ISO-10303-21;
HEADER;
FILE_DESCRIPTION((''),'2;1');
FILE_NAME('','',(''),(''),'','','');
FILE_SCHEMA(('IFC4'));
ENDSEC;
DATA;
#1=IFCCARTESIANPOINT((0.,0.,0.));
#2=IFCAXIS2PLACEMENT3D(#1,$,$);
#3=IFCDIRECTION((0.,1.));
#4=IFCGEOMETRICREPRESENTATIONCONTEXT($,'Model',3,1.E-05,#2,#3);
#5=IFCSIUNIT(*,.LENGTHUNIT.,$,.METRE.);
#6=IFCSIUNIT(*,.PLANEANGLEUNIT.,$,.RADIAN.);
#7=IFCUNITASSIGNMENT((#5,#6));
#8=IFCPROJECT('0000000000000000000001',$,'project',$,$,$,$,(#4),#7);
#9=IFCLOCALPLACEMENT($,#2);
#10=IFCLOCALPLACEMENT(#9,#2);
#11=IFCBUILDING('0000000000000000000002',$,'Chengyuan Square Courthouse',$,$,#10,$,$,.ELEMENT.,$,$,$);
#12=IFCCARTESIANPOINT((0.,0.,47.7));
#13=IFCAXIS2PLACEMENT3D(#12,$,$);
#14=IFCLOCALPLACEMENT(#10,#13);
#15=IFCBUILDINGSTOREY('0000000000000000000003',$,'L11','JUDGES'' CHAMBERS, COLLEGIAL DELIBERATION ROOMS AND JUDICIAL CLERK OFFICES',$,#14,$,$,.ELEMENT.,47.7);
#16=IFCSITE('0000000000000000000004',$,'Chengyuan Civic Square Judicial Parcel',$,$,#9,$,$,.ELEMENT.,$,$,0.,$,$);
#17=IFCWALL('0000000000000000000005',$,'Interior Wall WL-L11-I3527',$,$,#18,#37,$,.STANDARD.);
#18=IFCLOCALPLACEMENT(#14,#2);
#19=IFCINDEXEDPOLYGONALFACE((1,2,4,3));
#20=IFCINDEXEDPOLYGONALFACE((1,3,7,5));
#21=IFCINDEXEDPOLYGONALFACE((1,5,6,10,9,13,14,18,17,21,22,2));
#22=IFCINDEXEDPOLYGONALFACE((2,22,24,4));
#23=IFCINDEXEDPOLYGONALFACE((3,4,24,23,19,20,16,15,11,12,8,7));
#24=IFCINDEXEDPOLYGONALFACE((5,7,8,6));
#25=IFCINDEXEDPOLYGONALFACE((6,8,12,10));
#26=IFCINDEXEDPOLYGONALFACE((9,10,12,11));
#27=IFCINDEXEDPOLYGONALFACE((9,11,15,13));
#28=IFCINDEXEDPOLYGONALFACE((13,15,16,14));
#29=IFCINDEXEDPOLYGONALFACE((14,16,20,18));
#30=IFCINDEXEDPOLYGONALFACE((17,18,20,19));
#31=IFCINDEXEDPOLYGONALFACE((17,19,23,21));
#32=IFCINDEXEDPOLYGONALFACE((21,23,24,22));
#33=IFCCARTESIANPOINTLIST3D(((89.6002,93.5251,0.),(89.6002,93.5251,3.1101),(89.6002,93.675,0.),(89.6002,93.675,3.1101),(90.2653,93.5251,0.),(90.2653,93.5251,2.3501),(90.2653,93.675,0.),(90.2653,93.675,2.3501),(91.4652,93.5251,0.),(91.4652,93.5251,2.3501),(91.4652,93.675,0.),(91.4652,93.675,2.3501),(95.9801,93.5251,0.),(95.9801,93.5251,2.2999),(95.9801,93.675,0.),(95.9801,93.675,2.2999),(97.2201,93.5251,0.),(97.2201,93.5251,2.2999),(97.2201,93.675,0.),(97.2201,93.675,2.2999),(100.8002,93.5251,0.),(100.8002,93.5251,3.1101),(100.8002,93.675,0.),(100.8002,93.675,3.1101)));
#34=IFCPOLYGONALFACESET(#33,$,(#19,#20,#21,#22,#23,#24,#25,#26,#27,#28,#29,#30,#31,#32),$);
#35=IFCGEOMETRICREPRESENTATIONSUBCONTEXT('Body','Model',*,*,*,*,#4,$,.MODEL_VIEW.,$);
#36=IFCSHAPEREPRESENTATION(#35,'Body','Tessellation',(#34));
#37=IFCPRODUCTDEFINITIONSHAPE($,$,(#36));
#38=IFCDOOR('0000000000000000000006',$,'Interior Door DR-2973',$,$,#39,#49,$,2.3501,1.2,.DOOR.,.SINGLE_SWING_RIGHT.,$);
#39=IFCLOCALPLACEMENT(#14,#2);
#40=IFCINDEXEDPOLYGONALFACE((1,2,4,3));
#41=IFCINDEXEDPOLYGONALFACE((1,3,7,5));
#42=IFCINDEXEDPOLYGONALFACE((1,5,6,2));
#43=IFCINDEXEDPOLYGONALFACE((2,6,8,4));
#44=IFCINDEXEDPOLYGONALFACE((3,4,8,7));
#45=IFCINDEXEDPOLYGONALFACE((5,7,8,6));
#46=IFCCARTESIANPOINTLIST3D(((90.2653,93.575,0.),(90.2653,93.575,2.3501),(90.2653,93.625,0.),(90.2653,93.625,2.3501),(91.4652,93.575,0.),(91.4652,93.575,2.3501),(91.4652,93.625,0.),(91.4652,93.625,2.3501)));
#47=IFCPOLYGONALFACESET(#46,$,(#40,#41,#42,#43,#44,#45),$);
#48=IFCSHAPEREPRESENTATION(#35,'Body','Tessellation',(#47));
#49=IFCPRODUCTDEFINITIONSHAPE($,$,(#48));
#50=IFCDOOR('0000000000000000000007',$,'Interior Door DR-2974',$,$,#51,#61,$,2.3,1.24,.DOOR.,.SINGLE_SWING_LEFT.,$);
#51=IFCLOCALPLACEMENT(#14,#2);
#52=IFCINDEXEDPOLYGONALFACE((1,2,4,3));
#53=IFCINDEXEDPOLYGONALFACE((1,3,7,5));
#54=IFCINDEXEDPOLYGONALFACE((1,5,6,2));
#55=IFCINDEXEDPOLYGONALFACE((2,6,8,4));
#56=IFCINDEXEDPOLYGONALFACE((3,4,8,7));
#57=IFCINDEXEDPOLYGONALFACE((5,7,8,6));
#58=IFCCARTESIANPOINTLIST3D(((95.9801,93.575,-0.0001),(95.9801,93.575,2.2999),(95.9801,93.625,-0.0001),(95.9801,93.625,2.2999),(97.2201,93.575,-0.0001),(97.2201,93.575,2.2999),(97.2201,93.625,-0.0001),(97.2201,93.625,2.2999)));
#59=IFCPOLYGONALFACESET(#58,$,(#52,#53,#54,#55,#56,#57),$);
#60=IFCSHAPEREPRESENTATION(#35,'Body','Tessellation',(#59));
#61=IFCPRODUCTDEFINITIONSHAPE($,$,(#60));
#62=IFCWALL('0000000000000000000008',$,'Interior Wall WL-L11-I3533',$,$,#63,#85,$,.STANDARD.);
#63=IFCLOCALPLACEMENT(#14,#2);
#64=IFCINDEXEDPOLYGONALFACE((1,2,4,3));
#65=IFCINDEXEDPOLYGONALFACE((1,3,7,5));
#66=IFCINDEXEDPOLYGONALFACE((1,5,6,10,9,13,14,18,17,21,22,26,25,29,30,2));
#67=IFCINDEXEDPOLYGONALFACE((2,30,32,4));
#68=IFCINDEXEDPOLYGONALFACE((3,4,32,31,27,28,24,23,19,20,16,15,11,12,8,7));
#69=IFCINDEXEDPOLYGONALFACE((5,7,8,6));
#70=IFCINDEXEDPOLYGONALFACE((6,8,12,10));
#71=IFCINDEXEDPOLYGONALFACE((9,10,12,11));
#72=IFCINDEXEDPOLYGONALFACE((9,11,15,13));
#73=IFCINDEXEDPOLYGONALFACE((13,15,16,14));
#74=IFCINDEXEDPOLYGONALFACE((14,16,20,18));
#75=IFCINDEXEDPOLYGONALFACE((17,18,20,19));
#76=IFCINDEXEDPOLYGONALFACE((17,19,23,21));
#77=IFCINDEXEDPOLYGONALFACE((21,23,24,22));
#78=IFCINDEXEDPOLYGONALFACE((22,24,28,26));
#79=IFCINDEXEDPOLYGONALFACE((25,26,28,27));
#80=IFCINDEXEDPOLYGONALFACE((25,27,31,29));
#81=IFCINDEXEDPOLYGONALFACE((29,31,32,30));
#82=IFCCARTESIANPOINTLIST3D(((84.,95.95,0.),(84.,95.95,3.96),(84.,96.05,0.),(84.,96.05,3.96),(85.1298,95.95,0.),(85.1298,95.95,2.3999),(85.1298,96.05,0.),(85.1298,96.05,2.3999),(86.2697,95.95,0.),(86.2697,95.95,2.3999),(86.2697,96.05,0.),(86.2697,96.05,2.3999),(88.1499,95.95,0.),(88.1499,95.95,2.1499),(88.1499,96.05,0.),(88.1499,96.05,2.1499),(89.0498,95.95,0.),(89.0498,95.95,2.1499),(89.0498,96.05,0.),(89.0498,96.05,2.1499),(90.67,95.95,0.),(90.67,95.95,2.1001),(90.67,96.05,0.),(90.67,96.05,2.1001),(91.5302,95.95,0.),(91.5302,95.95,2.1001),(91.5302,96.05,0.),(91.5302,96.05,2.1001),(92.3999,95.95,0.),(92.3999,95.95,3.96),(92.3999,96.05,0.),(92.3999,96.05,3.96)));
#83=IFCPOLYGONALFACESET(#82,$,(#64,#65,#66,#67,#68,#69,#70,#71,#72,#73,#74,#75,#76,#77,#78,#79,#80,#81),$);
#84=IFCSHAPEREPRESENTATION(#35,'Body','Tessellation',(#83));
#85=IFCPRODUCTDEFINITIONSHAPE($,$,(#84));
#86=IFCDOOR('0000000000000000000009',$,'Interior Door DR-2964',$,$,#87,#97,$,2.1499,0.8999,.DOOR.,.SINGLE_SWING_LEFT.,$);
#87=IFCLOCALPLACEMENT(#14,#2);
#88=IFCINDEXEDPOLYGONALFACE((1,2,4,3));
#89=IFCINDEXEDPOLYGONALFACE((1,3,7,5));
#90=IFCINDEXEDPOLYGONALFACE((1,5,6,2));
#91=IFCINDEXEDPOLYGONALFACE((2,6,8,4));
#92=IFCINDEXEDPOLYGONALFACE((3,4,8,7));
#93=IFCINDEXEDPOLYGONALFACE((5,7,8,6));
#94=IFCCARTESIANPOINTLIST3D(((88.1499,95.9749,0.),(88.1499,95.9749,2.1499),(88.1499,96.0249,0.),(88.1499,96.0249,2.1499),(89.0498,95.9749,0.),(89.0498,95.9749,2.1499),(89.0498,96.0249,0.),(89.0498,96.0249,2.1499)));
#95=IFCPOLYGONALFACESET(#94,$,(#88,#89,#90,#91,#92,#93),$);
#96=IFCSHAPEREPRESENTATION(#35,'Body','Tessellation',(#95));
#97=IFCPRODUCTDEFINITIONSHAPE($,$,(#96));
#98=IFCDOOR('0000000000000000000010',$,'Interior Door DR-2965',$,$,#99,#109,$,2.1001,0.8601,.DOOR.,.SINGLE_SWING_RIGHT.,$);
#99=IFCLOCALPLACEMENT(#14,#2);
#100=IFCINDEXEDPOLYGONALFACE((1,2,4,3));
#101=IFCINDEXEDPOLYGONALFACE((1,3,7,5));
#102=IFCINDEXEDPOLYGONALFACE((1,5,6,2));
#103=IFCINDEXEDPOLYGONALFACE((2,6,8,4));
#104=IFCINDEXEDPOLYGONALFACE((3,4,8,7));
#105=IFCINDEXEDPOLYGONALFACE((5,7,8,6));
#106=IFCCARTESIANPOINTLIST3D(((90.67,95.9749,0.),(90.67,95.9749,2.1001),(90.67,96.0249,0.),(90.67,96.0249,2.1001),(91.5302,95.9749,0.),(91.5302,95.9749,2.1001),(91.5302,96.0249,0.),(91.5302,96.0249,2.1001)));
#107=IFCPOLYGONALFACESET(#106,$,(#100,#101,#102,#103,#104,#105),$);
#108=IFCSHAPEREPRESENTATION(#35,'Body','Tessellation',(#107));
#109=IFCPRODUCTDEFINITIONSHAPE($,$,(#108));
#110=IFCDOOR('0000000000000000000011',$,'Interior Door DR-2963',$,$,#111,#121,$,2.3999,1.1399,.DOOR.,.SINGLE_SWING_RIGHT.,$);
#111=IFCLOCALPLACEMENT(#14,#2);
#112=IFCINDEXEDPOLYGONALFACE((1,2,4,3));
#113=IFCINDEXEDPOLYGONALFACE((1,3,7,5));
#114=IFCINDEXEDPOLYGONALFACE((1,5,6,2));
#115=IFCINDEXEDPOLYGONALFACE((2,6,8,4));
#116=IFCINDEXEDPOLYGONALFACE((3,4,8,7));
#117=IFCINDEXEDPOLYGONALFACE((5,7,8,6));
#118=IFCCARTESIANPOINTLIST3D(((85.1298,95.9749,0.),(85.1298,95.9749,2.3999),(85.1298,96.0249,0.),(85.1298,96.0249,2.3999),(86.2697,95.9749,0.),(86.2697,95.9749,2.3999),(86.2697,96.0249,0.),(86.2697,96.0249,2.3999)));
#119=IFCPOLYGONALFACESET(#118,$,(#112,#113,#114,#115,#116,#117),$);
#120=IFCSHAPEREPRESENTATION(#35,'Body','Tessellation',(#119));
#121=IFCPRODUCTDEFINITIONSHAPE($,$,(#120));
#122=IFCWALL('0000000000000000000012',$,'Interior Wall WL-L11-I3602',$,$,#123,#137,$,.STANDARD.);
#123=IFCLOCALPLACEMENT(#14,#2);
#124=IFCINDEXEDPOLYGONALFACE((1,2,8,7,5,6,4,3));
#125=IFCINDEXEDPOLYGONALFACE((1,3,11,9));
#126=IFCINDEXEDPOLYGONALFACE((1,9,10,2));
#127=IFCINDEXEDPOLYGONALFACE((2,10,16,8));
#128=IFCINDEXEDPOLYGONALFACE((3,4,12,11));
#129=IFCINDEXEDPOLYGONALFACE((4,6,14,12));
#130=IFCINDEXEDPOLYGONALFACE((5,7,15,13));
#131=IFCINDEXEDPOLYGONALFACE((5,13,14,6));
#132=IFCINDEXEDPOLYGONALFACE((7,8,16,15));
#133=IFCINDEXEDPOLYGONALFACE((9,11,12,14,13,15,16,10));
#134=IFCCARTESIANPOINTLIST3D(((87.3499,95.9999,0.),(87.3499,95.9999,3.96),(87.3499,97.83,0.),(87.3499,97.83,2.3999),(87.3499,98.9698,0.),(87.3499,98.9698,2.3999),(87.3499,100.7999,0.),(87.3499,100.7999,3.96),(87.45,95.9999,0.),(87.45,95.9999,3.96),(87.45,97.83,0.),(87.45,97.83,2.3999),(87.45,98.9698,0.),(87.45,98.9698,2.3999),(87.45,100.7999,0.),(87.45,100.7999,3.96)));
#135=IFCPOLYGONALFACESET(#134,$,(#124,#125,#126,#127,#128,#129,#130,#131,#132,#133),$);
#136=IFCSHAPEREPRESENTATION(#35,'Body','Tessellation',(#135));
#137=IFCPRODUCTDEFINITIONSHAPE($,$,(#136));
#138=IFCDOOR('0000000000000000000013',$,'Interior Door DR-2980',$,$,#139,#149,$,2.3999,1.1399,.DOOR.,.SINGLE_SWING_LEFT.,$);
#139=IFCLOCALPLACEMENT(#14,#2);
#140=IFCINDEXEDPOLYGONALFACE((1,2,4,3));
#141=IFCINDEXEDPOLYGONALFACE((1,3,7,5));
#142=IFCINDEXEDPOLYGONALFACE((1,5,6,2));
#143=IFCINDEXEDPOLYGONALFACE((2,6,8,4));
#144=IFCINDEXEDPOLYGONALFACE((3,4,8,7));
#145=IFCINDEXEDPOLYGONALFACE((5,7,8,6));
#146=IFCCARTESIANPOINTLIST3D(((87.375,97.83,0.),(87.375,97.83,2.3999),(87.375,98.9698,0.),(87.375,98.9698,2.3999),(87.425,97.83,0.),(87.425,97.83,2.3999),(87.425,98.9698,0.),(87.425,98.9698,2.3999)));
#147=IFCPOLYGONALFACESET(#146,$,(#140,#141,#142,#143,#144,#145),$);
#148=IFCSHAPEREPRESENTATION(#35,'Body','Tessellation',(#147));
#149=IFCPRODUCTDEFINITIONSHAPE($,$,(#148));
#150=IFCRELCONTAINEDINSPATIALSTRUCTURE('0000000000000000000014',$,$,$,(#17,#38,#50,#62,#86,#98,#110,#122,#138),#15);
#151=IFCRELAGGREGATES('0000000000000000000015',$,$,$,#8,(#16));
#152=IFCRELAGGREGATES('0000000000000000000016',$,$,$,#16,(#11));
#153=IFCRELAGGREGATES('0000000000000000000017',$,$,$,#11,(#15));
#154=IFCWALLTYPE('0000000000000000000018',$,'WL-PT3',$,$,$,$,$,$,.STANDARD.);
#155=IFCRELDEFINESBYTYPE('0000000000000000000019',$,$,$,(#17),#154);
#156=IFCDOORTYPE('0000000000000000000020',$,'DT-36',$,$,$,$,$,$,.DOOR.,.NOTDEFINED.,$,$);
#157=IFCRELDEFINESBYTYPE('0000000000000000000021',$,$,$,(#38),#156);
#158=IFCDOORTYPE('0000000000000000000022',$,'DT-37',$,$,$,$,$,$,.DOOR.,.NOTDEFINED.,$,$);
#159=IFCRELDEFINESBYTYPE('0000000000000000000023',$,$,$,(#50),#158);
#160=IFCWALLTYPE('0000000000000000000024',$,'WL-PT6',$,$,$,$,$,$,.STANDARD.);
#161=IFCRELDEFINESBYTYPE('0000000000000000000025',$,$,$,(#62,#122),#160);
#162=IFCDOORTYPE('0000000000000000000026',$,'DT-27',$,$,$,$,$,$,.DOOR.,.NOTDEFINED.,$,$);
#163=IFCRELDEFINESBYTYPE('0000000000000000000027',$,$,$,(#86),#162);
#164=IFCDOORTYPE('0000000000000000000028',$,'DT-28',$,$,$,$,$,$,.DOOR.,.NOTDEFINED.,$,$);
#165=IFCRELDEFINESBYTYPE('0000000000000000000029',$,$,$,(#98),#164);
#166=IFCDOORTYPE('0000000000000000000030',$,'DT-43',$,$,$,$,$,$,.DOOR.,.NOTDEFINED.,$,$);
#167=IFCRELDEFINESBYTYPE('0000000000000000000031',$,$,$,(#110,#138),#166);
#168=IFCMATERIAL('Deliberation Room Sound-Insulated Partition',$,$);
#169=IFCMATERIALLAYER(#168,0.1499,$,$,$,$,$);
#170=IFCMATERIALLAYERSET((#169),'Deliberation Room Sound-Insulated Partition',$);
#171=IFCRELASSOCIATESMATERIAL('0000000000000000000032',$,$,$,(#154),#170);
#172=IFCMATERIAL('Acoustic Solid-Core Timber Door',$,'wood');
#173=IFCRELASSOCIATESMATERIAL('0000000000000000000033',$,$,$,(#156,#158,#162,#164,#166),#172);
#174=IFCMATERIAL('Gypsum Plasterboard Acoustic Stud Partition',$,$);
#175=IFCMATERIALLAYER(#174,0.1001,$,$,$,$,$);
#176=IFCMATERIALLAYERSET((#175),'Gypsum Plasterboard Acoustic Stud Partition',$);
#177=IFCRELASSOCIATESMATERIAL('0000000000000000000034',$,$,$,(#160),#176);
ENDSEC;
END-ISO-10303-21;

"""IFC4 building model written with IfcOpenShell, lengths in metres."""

from ifc_helpers import new_model, si_unit, direction, frame, frame_2d, origin, place, context, subcontext, project, spatial, rectangle, extrude, material, layer, layer_set, type_object, element, fill, save


model = new_model("IFC4")

# Units and contexts
model_context = context("Model", 3, precision=1e-05, world=origin(), true_north=direction((0.0, 1.0)))
body_context = subcontext(model_context, "Body", "Model", "MODEL_VIEW")
ifc_project = project(units=[si_unit("LENGTHUNIT", "METRE"), si_unit("PLANEANGLEUNIT", "RADIAN")], contexts=[model_context])

# Site, building, storey
site_placement = place(None, origin())
site = spatial("IfcSite", under=ifc_project, at=site_placement, Name="Chengyuan Civic Square Judicial Parcel", CompositionType="ELEMENT", RefElevation=0.0)
building_placement = place(site_placement, origin())
building = spatial("IfcBuilding", under=site, at=building_placement, Name="Chengyuan Square Courthouse", CompositionType="ELEMENT")
storey_placement = place(building_placement, frame((0.0, 0.0, 47.7)))
storey = spatial("IfcBuildingStorey", under=building, at=storey_placement, Name="L11", Description="JUDGES' CHAMBERS, COLLEGIAL DELIBERATION ROOMS AND JUDICIAL CLERK OFFICES", CompositionType="ELEMENT", Elevation=47.7)

# Walls, openings, doors
ifc_material_1 = material(Name="Deliberation Room Sound-Insulated Partition")
ifc_layer_1 = layer(ifc_material_1, 0.1499)
ifc_layer_set_1 = layer_set([ifc_layer_1], Name="Deliberation Room Sound-Insulated Partition")
wall_type_1 = type_object("IfcWallType", Name="WL-PT3", PredefinedType="STANDARD", material=ifc_layer_set_1)
wall_1_placement = place(storey_placement, frame((89.6001, 93.6001, 0.0), z_axis=(0.0, 0.0, 1.0), x_axis=(1.0, 0.0, 0.0)))
wall_1 = element("IfcWall", 1, at=wall_1_placement, inside=storey, type_object=wall_type_1, Name="Interior Wall WL-L11-I3527", PredefinedType="STANDARD", context=body_context, shape_type="SweptSolid", body=[
    extrude(rectangle(XDim=11.2, YDim=0.1499, at=frame_2d((5.6001, 0.0))), origin(), (0.0, 0.0, 1.0), 3.1101),
])
opening_1_placement = place(wall_1_placement, frame((0.665, 0.0, 0.0)))
opening_1 = element("IfcOpeningElement", 2, at=opening_1_placement, cuts=wall_1, PredefinedType="OPENING", context=body_context, shape_type="SweptSolid", body=[
    extrude(rectangle(XDim=1.2, YDim=2.3501, at=frame_2d((0.6001, 1.175))), frame((0.0, 0.0869, 0.0), z_axis=(0.0, -1.0, 0.0), x_axis=(1.0, 0.0, 0.0)), (0.0, 0.0, 1.0), 0.1738),
])
opening_2_placement = place(wall_1_placement, frame((6.3799, 0.0, 0.0)))
opening_2 = element("IfcOpeningElement", 3, at=opening_2_placement, cuts=wall_1, PredefinedType="OPENING", context=body_context, shape_type="SweptSolid", body=[
    extrude(rectangle(XDim=1.24, YDim=2.3, at=frame_2d((0.6201, 1.1499))), frame((0.0, 0.0869, 0.0), z_axis=(0.0, -1.0, 0.0), x_axis=(1.0, 0.0, 0.0)), (0.0, 0.0, 1.0), 0.1738),
])
ifc_material_2 = material(Name="Acoustic Solid-Core Timber Door", Category="wood")
door_type_1 = type_object("IfcDoorType", Name="DT-36", OperationType="NOTDEFINED", PredefinedType="DOOR", material=ifc_material_2)
door_1_placement = place(opening_1_placement, origin())
door_1 = element("IfcDoor", 4, at=door_1_placement, inside=storey, type_object=door_type_1, Name="Interior Door DR-2973", OperationType="SINGLE_SWING_RIGHT", OverallHeight=2.3501, OverallWidth=1.2, PredefinedType="DOOR", context=body_context, shape_type="SweptSolid", body=[
    extrude(rectangle(XDim=1.2, YDim=2.3501, at=frame_2d((0.6001, 1.175))), frame((0.0, 0.0249, 0.0), z_axis=(0.0, -1.0, 0.0), x_axis=(1.0, 0.0, 0.0)), (0.0, 0.0, 1.0), 0.05),
])
fill(opening_1, door_1)
door_type_2 = type_object("IfcDoorType", Name="DT-37", OperationType="NOTDEFINED", PredefinedType="DOOR", material=ifc_material_2)
door_2_placement = place(opening_2_placement, origin())
door_2 = element("IfcDoor", 5, at=door_2_placement, inside=storey, type_object=door_type_2, Name="Interior Door DR-2974", OperationType="SINGLE_SWING_LEFT", OverallHeight=2.3, OverallWidth=1.24, PredefinedType="DOOR", context=body_context, shape_type="SweptSolid", body=[
    extrude(rectangle(XDim=1.24, YDim=2.3, at=frame_2d((0.6201, 1.1499))), frame((0.0, 0.0249, 0.0), z_axis=(0.0, -1.0, 0.0), x_axis=(1.0, 0.0, 0.0)), (0.0, 0.0, 1.0), 0.05),
])
fill(opening_2, door_2)
ifc_material_3 = material(Name="Gypsum Plasterboard Acoustic Stud Partition")
ifc_layer_2 = layer(ifc_material_3, 0.1001)
ifc_layer_set_2 = layer_set([ifc_layer_2], Name="Gypsum Plasterboard Acoustic Stud Partition")
wall_type_2 = type_object("IfcWallType", Name="WL-PT6", PredefinedType="STANDARD", material=ifc_layer_set_2)
wall_2_placement = place(storey_placement, frame((84.0, 96.0, 0.0), z_axis=(0.0, 0.0, 1.0), x_axis=(1.0, 0.0, 0.0)))
wall_2 = element("IfcWall", 6, at=wall_2_placement, inside=storey, type_object=wall_type_2, Name="Interior Wall WL-L11-I3533", PredefinedType="STANDARD", context=body_context, shape_type="SweptSolid", body=[
    extrude(rectangle(XDim=8.3999, YDim=0.1001, at=frame_2d((4.2, 0.0))), origin(), (0.0, 0.0, 1.0), 3.96),
])
opening_3_placement = place(wall_2_placement, frame((1.1299, 0.0, 0.0)))
opening_3 = element("IfcOpeningElement", 7, at=opening_3_placement, cuts=wall_2, PredefinedType="OPENING", context=body_context, shape_type="SweptSolid", body=[
    extrude(rectangle(XDim=1.1399, YDim=2.3999, at=frame_2d((0.5698, 1.2))), frame((0.0, 0.062, 0.0), z_axis=(0.0, -1.0, 0.0), x_axis=(1.0, 0.0, 0.0)), (0.0, 0.0, 1.0), 0.124),
])
opening_4_placement = place(wall_2_placement, frame((4.1499, 0.0, 0.0)))
opening_4 = element("IfcOpeningElement", 8, at=opening_4_placement, cuts=wall_2, PredefinedType="OPENING", context=body_context, shape_type="SweptSolid", body=[
    extrude(rectangle(XDim=0.8999, YDim=2.1499, at=frame_2d((0.45, 1.075))), frame((0.0, 0.062, 0.0), z_axis=(0.0, -1.0, 0.0), x_axis=(1.0, 0.0, 0.0)), (0.0, 0.0, 1.0), 0.124),
])
opening_5_placement = place(wall_2_placement, frame((6.6699, 0.0, 0.0)))
opening_5 = element("IfcOpeningElement", 9, at=opening_5_placement, cuts=wall_2, PredefinedType="OPENING", context=body_context, shape_type="SweptSolid", body=[
    extrude(rectangle(XDim=0.8601, YDim=2.1001, at=frame_2d((0.4302, 1.05))), frame((0.0, 0.062, 0.0), z_axis=(0.0, -1.0, 0.0), x_axis=(1.0, 0.0, 0.0)), (0.0, 0.0, 1.0), 0.124),
])
door_type_3 = type_object("IfcDoorType", Name="DT-27", OperationType="NOTDEFINED", PredefinedType="DOOR", material=ifc_material_2)
door_3_placement = place(opening_4_placement, origin())
door_3 = element("IfcDoor", 10, at=door_3_placement, inside=storey, type_object=door_type_3, Name="Interior Door DR-2964", OperationType="SINGLE_SWING_LEFT", OverallHeight=2.1499, OverallWidth=0.8999, PredefinedType="DOOR", context=body_context, shape_type="SweptSolid", body=[
    extrude(rectangle(XDim=0.8999, YDim=2.1499, at=frame_2d((0.45, 1.075))), frame((0.0, 0.0249, 0.0), z_axis=(0.0, -1.0, 0.0), x_axis=(1.0, 0.0, 0.0)), (0.0, 0.0, 1.0), 0.05),
])
fill(opening_4, door_3)
door_type_4 = type_object("IfcDoorType", Name="DT-28", OperationType="NOTDEFINED", PredefinedType="DOOR", material=ifc_material_2)
door_4_placement = place(opening_5_placement, origin())
door_4 = element("IfcDoor", 11, at=door_4_placement, inside=storey, type_object=door_type_4, Name="Interior Door DR-2965", OperationType="SINGLE_SWING_RIGHT", OverallHeight=2.1001, OverallWidth=0.8601, PredefinedType="DOOR", context=body_context, shape_type="SweptSolid", body=[
    extrude(rectangle(XDim=0.8601, YDim=2.1001, at=frame_2d((0.4302, 1.05))), frame((0.0, 0.0249, 0.0), z_axis=(0.0, -1.0, 0.0), x_axis=(1.0, 0.0, 0.0)), (0.0, 0.0, 1.0), 0.05),
])
fill(opening_5, door_4)
door_type_5 = type_object("IfcDoorType", Name="DT-43", OperationType="NOTDEFINED", PredefinedType="DOOR", material=ifc_material_2)
door_5_placement = place(opening_3_placement, origin())
door_5 = element("IfcDoor", 12, at=door_5_placement, inside=storey, type_object=door_type_5, Name="Interior Door DR-2963", OperationType="SINGLE_SWING_RIGHT", OverallHeight=2.3999, OverallWidth=1.1399, PredefinedType="DOOR", context=body_context, shape_type="SweptSolid", body=[
    extrude(rectangle(XDim=1.1399, YDim=2.3999, at=frame_2d((0.5698, 1.2))), frame((0.0, 0.0249, 0.0), z_axis=(0.0, -1.0, 0.0), x_axis=(1.0, 0.0, 0.0)), (0.0, 0.0, 1.0), 0.05),
])
fill(opening_3, door_5)

# Wall, opening, door
wall_3_placement = place(storey_placement, frame((87.3999, 96.0, 0.0), z_axis=(0.0, 0.0, 1.0), x_axis=(0.0, 1.0, 0.0)))
wall_3 = element("IfcWall", 13, at=wall_3_placement, inside=storey, type_object=wall_type_2, Name="Interior Wall WL-L11-I3602", PredefinedType="STANDARD", context=body_context, shape_type="SweptSolid", body=[
    extrude(rectangle(XDim=4.8, YDim=0.1001, at=frame_2d((2.3999, 0.0))), origin(), (0.0, 0.0, 1.0), 3.96),
])
opening_6_placement = place(wall_3_placement, frame((1.8301, 0.0, 0.0)))
opening_6 = element("IfcOpeningElement", 14, at=opening_6_placement, cuts=wall_3, PredefinedType="OPENING", context=body_context, shape_type="SweptSolid", body=[
    extrude(rectangle(XDim=1.1399, YDim=2.3999, at=frame_2d((0.5698, 1.2))), frame((0.0, 0.062, 0.0), z_axis=(0.0, -1.0, 0.0), x_axis=(1.0, 0.0, 0.0)), (0.0, 0.0, 1.0), 0.124),
])
door_6_placement = place(opening_6_placement, origin())
door_6 = element("IfcDoor", 15, at=door_6_placement, inside=storey, type_object=door_type_5, Name="Interior Door DR-2980", OperationType="SINGLE_SWING_LEFT", OverallHeight=2.3999, OverallWidth=1.1399, PredefinedType="DOOR", context=body_context, shape_type="SweptSolid", body=[
    extrude(rectangle(XDim=1.1399, YDim=2.3999, at=frame_2d((0.5698, 1.2))), frame((0.0, 0.0249, 0.0), z_axis=(0.0, -1.0, 0.0), x_axis=(1.0, 0.0, 0.0)), (0.0, 0.0, 1.0), 0.05),
])
fill(opening_6, door_6)

save(model, "model.ifc")
